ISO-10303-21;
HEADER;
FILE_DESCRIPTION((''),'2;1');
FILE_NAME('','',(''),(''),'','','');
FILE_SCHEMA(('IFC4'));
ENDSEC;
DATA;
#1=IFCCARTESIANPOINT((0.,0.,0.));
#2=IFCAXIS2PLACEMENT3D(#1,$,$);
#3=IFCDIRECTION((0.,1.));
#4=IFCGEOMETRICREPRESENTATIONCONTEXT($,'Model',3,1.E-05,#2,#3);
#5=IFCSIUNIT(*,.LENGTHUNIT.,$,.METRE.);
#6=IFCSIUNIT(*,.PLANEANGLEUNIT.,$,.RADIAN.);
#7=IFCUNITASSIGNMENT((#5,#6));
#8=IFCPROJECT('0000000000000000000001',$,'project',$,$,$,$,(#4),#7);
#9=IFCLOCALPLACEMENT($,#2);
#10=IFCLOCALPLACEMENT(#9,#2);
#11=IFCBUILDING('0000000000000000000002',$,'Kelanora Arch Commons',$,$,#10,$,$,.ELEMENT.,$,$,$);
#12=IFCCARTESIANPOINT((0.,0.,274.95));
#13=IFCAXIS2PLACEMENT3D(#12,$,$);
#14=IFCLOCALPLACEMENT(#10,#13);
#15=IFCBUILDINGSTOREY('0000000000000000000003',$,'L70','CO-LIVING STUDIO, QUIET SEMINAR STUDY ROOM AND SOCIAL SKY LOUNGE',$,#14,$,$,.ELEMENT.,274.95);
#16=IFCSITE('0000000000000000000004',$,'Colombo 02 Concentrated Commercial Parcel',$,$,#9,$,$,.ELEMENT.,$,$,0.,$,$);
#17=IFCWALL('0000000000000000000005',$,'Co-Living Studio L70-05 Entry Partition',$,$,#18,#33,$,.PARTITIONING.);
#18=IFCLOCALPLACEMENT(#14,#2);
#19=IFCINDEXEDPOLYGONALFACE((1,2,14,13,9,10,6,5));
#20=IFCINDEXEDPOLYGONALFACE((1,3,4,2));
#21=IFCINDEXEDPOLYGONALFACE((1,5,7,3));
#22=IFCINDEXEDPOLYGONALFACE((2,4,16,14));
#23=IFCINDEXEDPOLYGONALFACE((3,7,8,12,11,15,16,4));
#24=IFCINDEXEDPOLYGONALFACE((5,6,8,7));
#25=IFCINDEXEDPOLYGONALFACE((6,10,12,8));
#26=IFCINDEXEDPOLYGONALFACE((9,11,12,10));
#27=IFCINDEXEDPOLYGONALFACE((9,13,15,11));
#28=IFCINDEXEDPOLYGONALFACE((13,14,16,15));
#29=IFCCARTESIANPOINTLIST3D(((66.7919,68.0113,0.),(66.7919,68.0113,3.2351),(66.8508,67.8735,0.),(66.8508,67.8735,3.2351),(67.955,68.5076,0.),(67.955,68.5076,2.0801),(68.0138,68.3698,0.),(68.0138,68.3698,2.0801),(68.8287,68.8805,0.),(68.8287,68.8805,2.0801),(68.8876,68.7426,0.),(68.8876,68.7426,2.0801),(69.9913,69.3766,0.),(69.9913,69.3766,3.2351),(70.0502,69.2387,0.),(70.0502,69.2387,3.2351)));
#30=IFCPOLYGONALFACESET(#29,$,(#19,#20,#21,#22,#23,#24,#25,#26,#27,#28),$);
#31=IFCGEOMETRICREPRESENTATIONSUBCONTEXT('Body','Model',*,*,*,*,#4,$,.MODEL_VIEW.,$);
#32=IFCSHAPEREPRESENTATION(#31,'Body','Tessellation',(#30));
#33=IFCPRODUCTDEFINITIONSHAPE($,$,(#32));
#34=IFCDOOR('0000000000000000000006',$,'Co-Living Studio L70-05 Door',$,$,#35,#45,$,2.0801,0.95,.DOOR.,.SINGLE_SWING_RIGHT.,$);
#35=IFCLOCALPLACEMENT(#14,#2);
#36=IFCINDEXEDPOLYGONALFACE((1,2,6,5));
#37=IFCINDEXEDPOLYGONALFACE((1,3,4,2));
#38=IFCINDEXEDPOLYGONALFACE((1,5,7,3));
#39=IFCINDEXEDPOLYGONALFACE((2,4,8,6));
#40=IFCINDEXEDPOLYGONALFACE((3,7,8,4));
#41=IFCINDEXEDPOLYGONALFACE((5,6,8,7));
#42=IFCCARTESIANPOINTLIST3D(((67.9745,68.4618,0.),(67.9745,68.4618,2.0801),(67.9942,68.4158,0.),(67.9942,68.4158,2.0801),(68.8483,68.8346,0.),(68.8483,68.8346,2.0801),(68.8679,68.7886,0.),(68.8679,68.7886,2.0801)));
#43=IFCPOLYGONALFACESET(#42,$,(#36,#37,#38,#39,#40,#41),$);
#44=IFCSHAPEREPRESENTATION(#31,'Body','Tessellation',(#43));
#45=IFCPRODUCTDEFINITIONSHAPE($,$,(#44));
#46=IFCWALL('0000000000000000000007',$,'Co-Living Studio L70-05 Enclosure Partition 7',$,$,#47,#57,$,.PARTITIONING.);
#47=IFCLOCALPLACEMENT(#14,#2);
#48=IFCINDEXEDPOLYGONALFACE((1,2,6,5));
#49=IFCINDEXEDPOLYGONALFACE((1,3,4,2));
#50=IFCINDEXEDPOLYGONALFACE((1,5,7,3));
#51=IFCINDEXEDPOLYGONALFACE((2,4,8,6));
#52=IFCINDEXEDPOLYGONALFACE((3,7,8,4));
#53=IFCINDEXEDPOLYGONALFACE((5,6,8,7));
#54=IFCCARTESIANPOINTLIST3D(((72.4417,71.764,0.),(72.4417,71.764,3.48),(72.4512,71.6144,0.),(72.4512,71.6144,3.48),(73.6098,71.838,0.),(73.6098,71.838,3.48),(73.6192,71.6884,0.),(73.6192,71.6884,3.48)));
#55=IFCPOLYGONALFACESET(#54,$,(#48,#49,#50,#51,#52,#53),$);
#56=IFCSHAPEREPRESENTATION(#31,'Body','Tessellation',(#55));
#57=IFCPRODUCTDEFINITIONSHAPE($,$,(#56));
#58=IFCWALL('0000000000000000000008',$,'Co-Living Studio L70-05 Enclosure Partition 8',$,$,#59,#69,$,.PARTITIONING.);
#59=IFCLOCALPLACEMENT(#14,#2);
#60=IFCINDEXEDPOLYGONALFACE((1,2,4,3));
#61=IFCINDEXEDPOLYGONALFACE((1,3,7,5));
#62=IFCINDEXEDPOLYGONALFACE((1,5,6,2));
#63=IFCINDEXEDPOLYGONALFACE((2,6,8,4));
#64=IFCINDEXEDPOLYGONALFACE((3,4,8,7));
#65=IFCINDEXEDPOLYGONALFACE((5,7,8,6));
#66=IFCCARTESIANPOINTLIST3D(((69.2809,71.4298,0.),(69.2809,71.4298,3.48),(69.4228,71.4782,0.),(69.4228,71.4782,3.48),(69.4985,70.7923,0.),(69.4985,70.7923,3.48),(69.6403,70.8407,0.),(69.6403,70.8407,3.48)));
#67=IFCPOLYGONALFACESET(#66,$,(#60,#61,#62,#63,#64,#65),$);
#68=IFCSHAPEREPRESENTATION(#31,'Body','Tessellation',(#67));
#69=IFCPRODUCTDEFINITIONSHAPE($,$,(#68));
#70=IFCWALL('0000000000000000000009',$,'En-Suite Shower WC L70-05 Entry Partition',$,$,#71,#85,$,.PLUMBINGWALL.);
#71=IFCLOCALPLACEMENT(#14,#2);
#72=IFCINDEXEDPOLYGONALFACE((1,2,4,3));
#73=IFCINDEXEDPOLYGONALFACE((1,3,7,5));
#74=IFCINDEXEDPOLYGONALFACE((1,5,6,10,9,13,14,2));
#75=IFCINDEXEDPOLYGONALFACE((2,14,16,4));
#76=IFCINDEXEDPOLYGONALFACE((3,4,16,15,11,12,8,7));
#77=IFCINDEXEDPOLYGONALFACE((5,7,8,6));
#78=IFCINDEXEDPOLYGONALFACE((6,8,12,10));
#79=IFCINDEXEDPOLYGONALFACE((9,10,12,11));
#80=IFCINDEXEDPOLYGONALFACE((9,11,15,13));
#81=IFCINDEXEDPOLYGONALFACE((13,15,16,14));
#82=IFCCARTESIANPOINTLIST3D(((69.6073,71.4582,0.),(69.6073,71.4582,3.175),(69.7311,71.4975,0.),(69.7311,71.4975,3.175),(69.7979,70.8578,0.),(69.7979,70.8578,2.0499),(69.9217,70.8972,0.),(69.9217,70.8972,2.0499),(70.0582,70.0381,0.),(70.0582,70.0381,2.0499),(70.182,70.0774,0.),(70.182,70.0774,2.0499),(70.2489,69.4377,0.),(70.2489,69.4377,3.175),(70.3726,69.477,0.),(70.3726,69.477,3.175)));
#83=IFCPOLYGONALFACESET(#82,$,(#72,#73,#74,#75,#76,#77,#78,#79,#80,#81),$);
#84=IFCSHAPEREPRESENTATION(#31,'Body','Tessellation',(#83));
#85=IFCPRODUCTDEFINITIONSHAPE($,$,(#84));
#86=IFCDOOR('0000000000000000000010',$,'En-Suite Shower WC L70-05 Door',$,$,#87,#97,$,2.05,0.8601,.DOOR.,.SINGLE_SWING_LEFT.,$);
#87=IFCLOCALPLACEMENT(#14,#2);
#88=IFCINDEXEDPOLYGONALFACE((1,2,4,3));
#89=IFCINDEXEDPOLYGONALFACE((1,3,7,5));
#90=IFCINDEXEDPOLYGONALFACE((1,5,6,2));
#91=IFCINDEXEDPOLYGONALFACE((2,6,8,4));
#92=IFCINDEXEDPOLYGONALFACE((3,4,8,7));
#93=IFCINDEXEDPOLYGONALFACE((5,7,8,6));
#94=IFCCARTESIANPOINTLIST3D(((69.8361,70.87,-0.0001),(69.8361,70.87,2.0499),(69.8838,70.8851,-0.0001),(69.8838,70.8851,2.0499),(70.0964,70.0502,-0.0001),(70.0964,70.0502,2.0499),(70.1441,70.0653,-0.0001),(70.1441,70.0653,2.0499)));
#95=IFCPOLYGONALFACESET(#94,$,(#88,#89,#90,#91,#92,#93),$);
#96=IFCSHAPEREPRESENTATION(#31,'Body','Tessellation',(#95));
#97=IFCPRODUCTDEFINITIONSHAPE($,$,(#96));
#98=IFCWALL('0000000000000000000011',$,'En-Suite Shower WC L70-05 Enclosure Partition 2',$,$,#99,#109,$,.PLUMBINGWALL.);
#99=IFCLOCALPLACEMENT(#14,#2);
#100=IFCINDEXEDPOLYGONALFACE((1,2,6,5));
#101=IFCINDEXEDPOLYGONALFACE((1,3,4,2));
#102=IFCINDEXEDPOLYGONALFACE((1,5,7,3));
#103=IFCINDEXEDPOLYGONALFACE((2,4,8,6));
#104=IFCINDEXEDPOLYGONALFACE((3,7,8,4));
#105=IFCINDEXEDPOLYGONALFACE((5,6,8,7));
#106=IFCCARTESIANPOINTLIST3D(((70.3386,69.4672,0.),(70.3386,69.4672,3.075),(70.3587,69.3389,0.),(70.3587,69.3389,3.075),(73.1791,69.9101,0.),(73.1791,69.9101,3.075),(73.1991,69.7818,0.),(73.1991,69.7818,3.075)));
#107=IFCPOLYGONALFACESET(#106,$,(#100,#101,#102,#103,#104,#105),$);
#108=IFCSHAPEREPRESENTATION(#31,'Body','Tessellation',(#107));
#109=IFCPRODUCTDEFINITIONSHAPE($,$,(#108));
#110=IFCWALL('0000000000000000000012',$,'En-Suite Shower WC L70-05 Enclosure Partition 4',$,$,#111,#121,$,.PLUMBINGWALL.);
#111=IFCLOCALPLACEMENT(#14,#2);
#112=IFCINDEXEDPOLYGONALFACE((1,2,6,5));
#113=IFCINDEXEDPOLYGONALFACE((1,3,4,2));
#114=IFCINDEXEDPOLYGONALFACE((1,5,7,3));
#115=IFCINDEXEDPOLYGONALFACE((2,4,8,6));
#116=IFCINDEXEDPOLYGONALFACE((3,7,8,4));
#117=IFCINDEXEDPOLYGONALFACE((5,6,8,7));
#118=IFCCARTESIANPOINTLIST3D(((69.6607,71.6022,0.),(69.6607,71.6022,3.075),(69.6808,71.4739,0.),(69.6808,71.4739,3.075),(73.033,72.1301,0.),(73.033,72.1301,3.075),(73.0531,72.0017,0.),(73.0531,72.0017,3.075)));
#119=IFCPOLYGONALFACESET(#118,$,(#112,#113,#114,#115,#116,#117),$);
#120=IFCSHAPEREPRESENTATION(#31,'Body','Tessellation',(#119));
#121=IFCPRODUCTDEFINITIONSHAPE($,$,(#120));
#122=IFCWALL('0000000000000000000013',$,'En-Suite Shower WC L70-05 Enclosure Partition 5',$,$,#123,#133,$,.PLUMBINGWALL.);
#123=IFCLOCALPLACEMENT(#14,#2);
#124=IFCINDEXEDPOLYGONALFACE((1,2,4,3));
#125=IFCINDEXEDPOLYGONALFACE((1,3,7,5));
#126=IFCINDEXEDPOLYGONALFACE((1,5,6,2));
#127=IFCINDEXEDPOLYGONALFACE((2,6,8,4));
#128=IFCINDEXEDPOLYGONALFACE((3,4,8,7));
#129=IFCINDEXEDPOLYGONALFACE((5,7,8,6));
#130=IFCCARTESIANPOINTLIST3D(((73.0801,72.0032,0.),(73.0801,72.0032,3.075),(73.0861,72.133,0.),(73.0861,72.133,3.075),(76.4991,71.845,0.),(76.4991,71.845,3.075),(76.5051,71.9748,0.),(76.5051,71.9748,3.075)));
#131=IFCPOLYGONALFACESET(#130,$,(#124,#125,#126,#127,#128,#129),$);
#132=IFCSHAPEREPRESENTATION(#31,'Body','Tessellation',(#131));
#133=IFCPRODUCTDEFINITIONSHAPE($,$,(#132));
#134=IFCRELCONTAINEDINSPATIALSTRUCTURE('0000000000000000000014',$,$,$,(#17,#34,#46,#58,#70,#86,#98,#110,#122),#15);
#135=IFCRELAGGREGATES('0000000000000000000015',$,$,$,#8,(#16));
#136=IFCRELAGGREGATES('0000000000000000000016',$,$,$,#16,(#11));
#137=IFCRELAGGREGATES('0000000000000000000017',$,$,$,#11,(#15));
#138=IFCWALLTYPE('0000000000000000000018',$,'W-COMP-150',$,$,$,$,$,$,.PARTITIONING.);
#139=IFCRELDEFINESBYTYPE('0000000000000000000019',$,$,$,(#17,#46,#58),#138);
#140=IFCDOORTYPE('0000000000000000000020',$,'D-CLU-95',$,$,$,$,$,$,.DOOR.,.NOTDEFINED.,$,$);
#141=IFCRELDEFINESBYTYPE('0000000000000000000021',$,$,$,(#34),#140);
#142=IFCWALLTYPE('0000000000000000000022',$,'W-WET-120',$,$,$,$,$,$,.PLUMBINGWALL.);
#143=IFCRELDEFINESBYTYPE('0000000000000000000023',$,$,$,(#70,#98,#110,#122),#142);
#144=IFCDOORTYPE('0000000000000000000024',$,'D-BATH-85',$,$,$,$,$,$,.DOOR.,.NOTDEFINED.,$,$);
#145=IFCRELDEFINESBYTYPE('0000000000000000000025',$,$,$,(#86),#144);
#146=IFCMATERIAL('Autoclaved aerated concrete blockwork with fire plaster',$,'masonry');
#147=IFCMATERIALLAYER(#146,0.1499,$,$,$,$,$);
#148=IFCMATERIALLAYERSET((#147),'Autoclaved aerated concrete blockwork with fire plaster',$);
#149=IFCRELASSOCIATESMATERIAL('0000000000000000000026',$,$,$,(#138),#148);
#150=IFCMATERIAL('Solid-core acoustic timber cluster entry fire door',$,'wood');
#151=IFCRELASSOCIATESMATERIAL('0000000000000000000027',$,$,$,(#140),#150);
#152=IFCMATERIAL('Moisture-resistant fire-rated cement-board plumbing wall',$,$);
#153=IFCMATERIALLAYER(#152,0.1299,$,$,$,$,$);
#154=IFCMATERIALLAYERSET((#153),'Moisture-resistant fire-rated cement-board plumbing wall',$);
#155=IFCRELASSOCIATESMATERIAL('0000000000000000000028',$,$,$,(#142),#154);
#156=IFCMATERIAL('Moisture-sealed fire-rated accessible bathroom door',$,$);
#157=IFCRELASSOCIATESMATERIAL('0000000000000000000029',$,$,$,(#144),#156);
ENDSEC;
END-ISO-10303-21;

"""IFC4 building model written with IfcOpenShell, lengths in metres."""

from ifc_helpers import new_model, si_unit, direction, frame, frame_2d, origin, place, context, subcontext, project, spatial, rectangle, extrude, material, layer, layer_set, type_object, element, fill, save


model = new_model("IFC4")

# Units and contexts
model_context = context("Model", 3, precision=1e-05, world=origin(), true_north=direction((0.0, 1.0)))
body_context = subcontext(model_context, "Body", "Model", "MODEL_VIEW")
ifc_project = project(units=[si_unit("LENGTHUNIT", "METRE"), si_unit("PLANEANGLEUNIT", "RADIAN")], contexts=[model_context])

# Site, building, storey
site_placement = place(None, origin())
site = spatial("IfcSite", under=ifc_project, at=site_placement, Name="Colombo 02 Concentrated Commercial Parcel", CompositionType="ELEMENT", RefElevation=0.0)
building_placement = place(site_placement, origin())
building = spatial("IfcBuilding", under=site, at=building_placement, Name="Kelanora Arch Commons", CompositionType="ELEMENT")
storey_placement = place(building_placement, frame((0.0, 0.0, 274.95)))
storey = spatial("IfcBuildingStorey", under=building, at=storey_placement, Name="L70", Description="CO-LIVING STUDIO, QUIET SEMINAR STUDY ROOM AND SOCIAL SKY LOUNGE", CompositionType="ELEMENT", Elevation=274.95)

# Wall, opening, door
ifc_material_1 = material(Name="Autoclaved aerated concrete blockwork with fire plaster", Category="masonry")
ifc_layer_1 = layer(ifc_material_1, 0.1499)
ifc_layer_set_1 = layer_set([ifc_layer_1], Name="Autoclaved aerated concrete blockwork with fire plaster")
wall_type_1 = type_object("IfcWallType", Name="W-COMP-150", PredefinedType="PARTITIONING", material=ifc_layer_set_1)
wall_1_placement = place(storey_placement, frame((70.0208, 69.3076, 0.0), z_axis=(0.0, 0.0, 1.0), x_axis=(-0.919765, -0.39247, 0.0)))
wall_1 = element("IfcWall", 1, at=wall_1_placement, inside=storey, type_object=wall_type_1, Name="Co-Living Studio L70-05 Entry Partition", PredefinedType="PARTITIONING", context=body_context, shape_type="SweptSolid", body=[
    extrude(rectangle(XDim=3.4785, YDim=0.1499, at=frame_2d((1.7393, 0.0))), origin(), (0.0, 0.0, 1.0), 3.2351),
])
opening_1_placement = place(wall_1_placement, frame((1.2639, 0.0, 0.0)))
opening_1 = element("IfcOpeningElement", 2, at=opening_1_placement, cuts=wall_1, PredefinedType="OPENING", context=body_context, shape_type="SweptSolid", body=[
    extrude(rectangle(XDim=0.95, YDim=2.0801, at=frame_2d((0.4751, 1.04))), frame((0.0, 0.085, 0.0), z_axis=(0.0, -1.0, 0.0), x_axis=(1.0, 0.0, 0.0)), (0.0, 0.0, 1.0), 0.1699),
])
ifc_material_2 = material(Name="Solid-core acoustic timber cluster entry fire door", Category="wood")
door_type_1 = type_object("IfcDoorType", Name="D-CLU-95", OperationType="NOTDEFINED", PredefinedType="DOOR", material=ifc_material_2)
door_1_placement = place(opening_1_placement, origin())
door_1 = element("IfcDoor", 3, at=door_1_placement, inside=storey, type_object=door_type_1, Name="Co-Living Studio L70-05 Door", OperationType="SINGLE_SWING_RIGHT", OverallHeight=2.0801, OverallWidth=0.95, PredefinedType="DOOR", context=body_context, shape_type="SweptSolid", body=[
    extrude(rectangle(XDim=0.95, YDim=2.0801, at=frame_2d((0.4751, 1.04))), frame((0.0, 0.0249, 0.0), z_axis=(0.0, -1.0, 0.0), x_axis=(1.0, 0.0, 0.0)), (0.0, 0.0, 1.0), 0.05),
])
fill(opening_1, door_1)

# Walls
wall_2_placement = place(storey_placement, frame((73.6145, 71.7632, 0.0), z_axis=(0.0, 0.0, 1.0), x_axis=(-0.998, -0.063209, 0.0)))
element("IfcWall", 4, at=wall_2_placement, inside=storey, type_object=wall_type_1, Name="Co-Living Studio L70-05 Enclosure Partition 7", PredefinedType="PARTITIONING", context=body_context, shape_type="SweptSolid", body=[
    extrude(rectangle(XDim=1.1704, YDim=0.1499, at=frame_2d((0.5852, 0.0))), origin(), (0.0, 0.0, 1.0), 3.48),
])
wall_3_placement = place(storey_placement, frame((69.3518, 71.4541, 0.0), z_axis=(0.0, 0.0, 1.0), x_axis=(0.322962, -0.946412, 0.0)))
element("IfcWall", 5, at=wall_3_placement, inside=storey, type_object=wall_type_1, Name="Co-Living Studio L70-05 Enclosure Partition 8", PredefinedType="PARTITIONING", context=body_context, shape_type="SweptSolid", body=[
    extrude(rectangle(XDim=0.6736, YDim=0.1499, at=frame_2d((0.3369, 0.0))), origin(), (0.0, 0.0, 1.0), 3.48),
])

# Wall, opening, door
ifc_material_3 = material(Name="Moisture-resistant fire-rated cement-board plumbing wall")
ifc_layer_2 = layer(ifc_material_3, 0.1299)
ifc_layer_set_2 = layer_set([ifc_layer_2], Name="Moisture-resistant fire-rated cement-board plumbing wall")
wall_type_2 = type_object("IfcWallType", Name="W-WET-120", PredefinedType="PLUMBINGWALL", material=ifc_layer_set_2)
wall_4_placement = place(storey_placement, frame((70.3108, 69.4573, 0.0), z_axis=(0.0, 0.0, 1.0), x_axis=(-0.302652, 0.953101, 0.0)))
wall_4 = element("IfcWall", 6, at=wall_4_placement, inside=storey, type_object=wall_type_2, Name="En-Suite Shower WC L70-05 Entry Partition", PredefinedType="PLUMBINGWALL", context=body_context, shape_type="SweptSolid", body=[
    extrude(rectangle(XDim=2.1199, YDim=0.1299, at=frame_2d((1.0601, 0.0))), origin(), (0.0, 0.0, 1.0), 3.175),
])
opening_2_placement = place(wall_4_placement, frame((0.6299, 0.0, 0.0)))
opening_2 = element("IfcOpeningElement", 7, at=opening_2_placement, cuts=wall_4, PredefinedType="OPENING", context=body_context, shape_type="SweptSolid", body=[
    extrude(rectangle(XDim=0.8601, YDim=2.05, at=frame_2d((0.4302, 1.0249))), frame((0.0, 0.075, 0.0), z_axis=(0.0, -1.0, 0.0), x_axis=(1.0, 0.0, 0.0)), (0.0, 0.0, 1.0), 0.1499),
])
ifc_material_4 = material(Name="Moisture-sealed fire-rated accessible bathroom door")
door_type_2 = type_object("IfcDoorType", Name="D-BATH-85", OperationType="NOTDEFINED", PredefinedType="DOOR", material=ifc_material_4)
door_2_placement = place(opening_2_placement, origin())
door_2 = element("IfcDoor", 8, at=door_2_placement, inside=storey, type_object=door_type_2, Name="En-Suite Shower WC L70-05 Door", OperationType="SINGLE_SWING_LEFT", OverallHeight=2.05, OverallWidth=0.8601, PredefinedType="DOOR", context=body_context, shape_type="SweptSolid", body=[
    extrude(rectangle(XDim=0.8601, YDim=2.05, at=frame_2d((0.4302, 1.0249))), frame((0.0, 0.0249, 0.0), z_axis=(0.0, -1.0, 0.0), x_axis=(1.0, 0.0, 0.0)), (0.0, 0.0, 1.0), 0.05),
])
fill(opening_2, door_2)

# Walls
wall_5_placement = place(storey_placement, frame((73.1892, 69.8459, 0.0), z_axis=(0.0, 0.0, 1.0), x_axis=(-0.988061, -0.154061, 0.0)))
element("IfcWall", 9, at=wall_5_placement, inside=storey, type_object=wall_type_2, Name="En-Suite Shower WC L70-05 Enclosure Partition 2", PredefinedType="PLUMBINGWALL", context=body_context, shape_type="SweptSolid", body=[
    extrude(rectangle(XDim=2.8748, YDim=0.1299, at=frame_2d((1.4375, 0.0))), origin(), (0.0, 0.0, 1.0), 3.075),
])
wall_6_placement = place(storey_placement, frame((69.6709, 71.5381, 0.0), z_axis=(0.0, 0.0, 1.0), x_axis=(0.987971, 0.154637, 0.0)))
element("IfcWall", 10, at=wall_6_placement, inside=storey, type_object=wall_type_2, Name="En-Suite Shower WC L70-05 Enclosure Partition 4", PredefinedType="PLUMBINGWALL", context=body_context, shape_type="SweptSolid", body=[
    extrude(rectangle(XDim=3.4133, YDim=0.1299, at=frame_2d((1.7065, 0.0))), origin(), (0.0, 0.0, 1.0), 3.075),
])
wall_7_placement = place(storey_placement, frame((73.083, 72.0681, 0.0), z_axis=(0.0, 0.0, 1.0), x_axis=(0.998931, -0.046223, 0.0)))
element("IfcWall", 11, at=wall_7_placement, inside=storey, type_object=wall_type_2, Name="En-Suite Shower WC L70-05 Enclosure Partition 5", PredefinedType="PLUMBINGWALL", context=body_context, shape_type="SweptSolid", body=[
    extrude(rectangle(XDim=3.4226, YDim=0.1299, at=frame_2d((1.7114, 0.0))), origin(), (0.0, 0.0, 1.0), 3.075),
])

save(model, "model.ifc")
